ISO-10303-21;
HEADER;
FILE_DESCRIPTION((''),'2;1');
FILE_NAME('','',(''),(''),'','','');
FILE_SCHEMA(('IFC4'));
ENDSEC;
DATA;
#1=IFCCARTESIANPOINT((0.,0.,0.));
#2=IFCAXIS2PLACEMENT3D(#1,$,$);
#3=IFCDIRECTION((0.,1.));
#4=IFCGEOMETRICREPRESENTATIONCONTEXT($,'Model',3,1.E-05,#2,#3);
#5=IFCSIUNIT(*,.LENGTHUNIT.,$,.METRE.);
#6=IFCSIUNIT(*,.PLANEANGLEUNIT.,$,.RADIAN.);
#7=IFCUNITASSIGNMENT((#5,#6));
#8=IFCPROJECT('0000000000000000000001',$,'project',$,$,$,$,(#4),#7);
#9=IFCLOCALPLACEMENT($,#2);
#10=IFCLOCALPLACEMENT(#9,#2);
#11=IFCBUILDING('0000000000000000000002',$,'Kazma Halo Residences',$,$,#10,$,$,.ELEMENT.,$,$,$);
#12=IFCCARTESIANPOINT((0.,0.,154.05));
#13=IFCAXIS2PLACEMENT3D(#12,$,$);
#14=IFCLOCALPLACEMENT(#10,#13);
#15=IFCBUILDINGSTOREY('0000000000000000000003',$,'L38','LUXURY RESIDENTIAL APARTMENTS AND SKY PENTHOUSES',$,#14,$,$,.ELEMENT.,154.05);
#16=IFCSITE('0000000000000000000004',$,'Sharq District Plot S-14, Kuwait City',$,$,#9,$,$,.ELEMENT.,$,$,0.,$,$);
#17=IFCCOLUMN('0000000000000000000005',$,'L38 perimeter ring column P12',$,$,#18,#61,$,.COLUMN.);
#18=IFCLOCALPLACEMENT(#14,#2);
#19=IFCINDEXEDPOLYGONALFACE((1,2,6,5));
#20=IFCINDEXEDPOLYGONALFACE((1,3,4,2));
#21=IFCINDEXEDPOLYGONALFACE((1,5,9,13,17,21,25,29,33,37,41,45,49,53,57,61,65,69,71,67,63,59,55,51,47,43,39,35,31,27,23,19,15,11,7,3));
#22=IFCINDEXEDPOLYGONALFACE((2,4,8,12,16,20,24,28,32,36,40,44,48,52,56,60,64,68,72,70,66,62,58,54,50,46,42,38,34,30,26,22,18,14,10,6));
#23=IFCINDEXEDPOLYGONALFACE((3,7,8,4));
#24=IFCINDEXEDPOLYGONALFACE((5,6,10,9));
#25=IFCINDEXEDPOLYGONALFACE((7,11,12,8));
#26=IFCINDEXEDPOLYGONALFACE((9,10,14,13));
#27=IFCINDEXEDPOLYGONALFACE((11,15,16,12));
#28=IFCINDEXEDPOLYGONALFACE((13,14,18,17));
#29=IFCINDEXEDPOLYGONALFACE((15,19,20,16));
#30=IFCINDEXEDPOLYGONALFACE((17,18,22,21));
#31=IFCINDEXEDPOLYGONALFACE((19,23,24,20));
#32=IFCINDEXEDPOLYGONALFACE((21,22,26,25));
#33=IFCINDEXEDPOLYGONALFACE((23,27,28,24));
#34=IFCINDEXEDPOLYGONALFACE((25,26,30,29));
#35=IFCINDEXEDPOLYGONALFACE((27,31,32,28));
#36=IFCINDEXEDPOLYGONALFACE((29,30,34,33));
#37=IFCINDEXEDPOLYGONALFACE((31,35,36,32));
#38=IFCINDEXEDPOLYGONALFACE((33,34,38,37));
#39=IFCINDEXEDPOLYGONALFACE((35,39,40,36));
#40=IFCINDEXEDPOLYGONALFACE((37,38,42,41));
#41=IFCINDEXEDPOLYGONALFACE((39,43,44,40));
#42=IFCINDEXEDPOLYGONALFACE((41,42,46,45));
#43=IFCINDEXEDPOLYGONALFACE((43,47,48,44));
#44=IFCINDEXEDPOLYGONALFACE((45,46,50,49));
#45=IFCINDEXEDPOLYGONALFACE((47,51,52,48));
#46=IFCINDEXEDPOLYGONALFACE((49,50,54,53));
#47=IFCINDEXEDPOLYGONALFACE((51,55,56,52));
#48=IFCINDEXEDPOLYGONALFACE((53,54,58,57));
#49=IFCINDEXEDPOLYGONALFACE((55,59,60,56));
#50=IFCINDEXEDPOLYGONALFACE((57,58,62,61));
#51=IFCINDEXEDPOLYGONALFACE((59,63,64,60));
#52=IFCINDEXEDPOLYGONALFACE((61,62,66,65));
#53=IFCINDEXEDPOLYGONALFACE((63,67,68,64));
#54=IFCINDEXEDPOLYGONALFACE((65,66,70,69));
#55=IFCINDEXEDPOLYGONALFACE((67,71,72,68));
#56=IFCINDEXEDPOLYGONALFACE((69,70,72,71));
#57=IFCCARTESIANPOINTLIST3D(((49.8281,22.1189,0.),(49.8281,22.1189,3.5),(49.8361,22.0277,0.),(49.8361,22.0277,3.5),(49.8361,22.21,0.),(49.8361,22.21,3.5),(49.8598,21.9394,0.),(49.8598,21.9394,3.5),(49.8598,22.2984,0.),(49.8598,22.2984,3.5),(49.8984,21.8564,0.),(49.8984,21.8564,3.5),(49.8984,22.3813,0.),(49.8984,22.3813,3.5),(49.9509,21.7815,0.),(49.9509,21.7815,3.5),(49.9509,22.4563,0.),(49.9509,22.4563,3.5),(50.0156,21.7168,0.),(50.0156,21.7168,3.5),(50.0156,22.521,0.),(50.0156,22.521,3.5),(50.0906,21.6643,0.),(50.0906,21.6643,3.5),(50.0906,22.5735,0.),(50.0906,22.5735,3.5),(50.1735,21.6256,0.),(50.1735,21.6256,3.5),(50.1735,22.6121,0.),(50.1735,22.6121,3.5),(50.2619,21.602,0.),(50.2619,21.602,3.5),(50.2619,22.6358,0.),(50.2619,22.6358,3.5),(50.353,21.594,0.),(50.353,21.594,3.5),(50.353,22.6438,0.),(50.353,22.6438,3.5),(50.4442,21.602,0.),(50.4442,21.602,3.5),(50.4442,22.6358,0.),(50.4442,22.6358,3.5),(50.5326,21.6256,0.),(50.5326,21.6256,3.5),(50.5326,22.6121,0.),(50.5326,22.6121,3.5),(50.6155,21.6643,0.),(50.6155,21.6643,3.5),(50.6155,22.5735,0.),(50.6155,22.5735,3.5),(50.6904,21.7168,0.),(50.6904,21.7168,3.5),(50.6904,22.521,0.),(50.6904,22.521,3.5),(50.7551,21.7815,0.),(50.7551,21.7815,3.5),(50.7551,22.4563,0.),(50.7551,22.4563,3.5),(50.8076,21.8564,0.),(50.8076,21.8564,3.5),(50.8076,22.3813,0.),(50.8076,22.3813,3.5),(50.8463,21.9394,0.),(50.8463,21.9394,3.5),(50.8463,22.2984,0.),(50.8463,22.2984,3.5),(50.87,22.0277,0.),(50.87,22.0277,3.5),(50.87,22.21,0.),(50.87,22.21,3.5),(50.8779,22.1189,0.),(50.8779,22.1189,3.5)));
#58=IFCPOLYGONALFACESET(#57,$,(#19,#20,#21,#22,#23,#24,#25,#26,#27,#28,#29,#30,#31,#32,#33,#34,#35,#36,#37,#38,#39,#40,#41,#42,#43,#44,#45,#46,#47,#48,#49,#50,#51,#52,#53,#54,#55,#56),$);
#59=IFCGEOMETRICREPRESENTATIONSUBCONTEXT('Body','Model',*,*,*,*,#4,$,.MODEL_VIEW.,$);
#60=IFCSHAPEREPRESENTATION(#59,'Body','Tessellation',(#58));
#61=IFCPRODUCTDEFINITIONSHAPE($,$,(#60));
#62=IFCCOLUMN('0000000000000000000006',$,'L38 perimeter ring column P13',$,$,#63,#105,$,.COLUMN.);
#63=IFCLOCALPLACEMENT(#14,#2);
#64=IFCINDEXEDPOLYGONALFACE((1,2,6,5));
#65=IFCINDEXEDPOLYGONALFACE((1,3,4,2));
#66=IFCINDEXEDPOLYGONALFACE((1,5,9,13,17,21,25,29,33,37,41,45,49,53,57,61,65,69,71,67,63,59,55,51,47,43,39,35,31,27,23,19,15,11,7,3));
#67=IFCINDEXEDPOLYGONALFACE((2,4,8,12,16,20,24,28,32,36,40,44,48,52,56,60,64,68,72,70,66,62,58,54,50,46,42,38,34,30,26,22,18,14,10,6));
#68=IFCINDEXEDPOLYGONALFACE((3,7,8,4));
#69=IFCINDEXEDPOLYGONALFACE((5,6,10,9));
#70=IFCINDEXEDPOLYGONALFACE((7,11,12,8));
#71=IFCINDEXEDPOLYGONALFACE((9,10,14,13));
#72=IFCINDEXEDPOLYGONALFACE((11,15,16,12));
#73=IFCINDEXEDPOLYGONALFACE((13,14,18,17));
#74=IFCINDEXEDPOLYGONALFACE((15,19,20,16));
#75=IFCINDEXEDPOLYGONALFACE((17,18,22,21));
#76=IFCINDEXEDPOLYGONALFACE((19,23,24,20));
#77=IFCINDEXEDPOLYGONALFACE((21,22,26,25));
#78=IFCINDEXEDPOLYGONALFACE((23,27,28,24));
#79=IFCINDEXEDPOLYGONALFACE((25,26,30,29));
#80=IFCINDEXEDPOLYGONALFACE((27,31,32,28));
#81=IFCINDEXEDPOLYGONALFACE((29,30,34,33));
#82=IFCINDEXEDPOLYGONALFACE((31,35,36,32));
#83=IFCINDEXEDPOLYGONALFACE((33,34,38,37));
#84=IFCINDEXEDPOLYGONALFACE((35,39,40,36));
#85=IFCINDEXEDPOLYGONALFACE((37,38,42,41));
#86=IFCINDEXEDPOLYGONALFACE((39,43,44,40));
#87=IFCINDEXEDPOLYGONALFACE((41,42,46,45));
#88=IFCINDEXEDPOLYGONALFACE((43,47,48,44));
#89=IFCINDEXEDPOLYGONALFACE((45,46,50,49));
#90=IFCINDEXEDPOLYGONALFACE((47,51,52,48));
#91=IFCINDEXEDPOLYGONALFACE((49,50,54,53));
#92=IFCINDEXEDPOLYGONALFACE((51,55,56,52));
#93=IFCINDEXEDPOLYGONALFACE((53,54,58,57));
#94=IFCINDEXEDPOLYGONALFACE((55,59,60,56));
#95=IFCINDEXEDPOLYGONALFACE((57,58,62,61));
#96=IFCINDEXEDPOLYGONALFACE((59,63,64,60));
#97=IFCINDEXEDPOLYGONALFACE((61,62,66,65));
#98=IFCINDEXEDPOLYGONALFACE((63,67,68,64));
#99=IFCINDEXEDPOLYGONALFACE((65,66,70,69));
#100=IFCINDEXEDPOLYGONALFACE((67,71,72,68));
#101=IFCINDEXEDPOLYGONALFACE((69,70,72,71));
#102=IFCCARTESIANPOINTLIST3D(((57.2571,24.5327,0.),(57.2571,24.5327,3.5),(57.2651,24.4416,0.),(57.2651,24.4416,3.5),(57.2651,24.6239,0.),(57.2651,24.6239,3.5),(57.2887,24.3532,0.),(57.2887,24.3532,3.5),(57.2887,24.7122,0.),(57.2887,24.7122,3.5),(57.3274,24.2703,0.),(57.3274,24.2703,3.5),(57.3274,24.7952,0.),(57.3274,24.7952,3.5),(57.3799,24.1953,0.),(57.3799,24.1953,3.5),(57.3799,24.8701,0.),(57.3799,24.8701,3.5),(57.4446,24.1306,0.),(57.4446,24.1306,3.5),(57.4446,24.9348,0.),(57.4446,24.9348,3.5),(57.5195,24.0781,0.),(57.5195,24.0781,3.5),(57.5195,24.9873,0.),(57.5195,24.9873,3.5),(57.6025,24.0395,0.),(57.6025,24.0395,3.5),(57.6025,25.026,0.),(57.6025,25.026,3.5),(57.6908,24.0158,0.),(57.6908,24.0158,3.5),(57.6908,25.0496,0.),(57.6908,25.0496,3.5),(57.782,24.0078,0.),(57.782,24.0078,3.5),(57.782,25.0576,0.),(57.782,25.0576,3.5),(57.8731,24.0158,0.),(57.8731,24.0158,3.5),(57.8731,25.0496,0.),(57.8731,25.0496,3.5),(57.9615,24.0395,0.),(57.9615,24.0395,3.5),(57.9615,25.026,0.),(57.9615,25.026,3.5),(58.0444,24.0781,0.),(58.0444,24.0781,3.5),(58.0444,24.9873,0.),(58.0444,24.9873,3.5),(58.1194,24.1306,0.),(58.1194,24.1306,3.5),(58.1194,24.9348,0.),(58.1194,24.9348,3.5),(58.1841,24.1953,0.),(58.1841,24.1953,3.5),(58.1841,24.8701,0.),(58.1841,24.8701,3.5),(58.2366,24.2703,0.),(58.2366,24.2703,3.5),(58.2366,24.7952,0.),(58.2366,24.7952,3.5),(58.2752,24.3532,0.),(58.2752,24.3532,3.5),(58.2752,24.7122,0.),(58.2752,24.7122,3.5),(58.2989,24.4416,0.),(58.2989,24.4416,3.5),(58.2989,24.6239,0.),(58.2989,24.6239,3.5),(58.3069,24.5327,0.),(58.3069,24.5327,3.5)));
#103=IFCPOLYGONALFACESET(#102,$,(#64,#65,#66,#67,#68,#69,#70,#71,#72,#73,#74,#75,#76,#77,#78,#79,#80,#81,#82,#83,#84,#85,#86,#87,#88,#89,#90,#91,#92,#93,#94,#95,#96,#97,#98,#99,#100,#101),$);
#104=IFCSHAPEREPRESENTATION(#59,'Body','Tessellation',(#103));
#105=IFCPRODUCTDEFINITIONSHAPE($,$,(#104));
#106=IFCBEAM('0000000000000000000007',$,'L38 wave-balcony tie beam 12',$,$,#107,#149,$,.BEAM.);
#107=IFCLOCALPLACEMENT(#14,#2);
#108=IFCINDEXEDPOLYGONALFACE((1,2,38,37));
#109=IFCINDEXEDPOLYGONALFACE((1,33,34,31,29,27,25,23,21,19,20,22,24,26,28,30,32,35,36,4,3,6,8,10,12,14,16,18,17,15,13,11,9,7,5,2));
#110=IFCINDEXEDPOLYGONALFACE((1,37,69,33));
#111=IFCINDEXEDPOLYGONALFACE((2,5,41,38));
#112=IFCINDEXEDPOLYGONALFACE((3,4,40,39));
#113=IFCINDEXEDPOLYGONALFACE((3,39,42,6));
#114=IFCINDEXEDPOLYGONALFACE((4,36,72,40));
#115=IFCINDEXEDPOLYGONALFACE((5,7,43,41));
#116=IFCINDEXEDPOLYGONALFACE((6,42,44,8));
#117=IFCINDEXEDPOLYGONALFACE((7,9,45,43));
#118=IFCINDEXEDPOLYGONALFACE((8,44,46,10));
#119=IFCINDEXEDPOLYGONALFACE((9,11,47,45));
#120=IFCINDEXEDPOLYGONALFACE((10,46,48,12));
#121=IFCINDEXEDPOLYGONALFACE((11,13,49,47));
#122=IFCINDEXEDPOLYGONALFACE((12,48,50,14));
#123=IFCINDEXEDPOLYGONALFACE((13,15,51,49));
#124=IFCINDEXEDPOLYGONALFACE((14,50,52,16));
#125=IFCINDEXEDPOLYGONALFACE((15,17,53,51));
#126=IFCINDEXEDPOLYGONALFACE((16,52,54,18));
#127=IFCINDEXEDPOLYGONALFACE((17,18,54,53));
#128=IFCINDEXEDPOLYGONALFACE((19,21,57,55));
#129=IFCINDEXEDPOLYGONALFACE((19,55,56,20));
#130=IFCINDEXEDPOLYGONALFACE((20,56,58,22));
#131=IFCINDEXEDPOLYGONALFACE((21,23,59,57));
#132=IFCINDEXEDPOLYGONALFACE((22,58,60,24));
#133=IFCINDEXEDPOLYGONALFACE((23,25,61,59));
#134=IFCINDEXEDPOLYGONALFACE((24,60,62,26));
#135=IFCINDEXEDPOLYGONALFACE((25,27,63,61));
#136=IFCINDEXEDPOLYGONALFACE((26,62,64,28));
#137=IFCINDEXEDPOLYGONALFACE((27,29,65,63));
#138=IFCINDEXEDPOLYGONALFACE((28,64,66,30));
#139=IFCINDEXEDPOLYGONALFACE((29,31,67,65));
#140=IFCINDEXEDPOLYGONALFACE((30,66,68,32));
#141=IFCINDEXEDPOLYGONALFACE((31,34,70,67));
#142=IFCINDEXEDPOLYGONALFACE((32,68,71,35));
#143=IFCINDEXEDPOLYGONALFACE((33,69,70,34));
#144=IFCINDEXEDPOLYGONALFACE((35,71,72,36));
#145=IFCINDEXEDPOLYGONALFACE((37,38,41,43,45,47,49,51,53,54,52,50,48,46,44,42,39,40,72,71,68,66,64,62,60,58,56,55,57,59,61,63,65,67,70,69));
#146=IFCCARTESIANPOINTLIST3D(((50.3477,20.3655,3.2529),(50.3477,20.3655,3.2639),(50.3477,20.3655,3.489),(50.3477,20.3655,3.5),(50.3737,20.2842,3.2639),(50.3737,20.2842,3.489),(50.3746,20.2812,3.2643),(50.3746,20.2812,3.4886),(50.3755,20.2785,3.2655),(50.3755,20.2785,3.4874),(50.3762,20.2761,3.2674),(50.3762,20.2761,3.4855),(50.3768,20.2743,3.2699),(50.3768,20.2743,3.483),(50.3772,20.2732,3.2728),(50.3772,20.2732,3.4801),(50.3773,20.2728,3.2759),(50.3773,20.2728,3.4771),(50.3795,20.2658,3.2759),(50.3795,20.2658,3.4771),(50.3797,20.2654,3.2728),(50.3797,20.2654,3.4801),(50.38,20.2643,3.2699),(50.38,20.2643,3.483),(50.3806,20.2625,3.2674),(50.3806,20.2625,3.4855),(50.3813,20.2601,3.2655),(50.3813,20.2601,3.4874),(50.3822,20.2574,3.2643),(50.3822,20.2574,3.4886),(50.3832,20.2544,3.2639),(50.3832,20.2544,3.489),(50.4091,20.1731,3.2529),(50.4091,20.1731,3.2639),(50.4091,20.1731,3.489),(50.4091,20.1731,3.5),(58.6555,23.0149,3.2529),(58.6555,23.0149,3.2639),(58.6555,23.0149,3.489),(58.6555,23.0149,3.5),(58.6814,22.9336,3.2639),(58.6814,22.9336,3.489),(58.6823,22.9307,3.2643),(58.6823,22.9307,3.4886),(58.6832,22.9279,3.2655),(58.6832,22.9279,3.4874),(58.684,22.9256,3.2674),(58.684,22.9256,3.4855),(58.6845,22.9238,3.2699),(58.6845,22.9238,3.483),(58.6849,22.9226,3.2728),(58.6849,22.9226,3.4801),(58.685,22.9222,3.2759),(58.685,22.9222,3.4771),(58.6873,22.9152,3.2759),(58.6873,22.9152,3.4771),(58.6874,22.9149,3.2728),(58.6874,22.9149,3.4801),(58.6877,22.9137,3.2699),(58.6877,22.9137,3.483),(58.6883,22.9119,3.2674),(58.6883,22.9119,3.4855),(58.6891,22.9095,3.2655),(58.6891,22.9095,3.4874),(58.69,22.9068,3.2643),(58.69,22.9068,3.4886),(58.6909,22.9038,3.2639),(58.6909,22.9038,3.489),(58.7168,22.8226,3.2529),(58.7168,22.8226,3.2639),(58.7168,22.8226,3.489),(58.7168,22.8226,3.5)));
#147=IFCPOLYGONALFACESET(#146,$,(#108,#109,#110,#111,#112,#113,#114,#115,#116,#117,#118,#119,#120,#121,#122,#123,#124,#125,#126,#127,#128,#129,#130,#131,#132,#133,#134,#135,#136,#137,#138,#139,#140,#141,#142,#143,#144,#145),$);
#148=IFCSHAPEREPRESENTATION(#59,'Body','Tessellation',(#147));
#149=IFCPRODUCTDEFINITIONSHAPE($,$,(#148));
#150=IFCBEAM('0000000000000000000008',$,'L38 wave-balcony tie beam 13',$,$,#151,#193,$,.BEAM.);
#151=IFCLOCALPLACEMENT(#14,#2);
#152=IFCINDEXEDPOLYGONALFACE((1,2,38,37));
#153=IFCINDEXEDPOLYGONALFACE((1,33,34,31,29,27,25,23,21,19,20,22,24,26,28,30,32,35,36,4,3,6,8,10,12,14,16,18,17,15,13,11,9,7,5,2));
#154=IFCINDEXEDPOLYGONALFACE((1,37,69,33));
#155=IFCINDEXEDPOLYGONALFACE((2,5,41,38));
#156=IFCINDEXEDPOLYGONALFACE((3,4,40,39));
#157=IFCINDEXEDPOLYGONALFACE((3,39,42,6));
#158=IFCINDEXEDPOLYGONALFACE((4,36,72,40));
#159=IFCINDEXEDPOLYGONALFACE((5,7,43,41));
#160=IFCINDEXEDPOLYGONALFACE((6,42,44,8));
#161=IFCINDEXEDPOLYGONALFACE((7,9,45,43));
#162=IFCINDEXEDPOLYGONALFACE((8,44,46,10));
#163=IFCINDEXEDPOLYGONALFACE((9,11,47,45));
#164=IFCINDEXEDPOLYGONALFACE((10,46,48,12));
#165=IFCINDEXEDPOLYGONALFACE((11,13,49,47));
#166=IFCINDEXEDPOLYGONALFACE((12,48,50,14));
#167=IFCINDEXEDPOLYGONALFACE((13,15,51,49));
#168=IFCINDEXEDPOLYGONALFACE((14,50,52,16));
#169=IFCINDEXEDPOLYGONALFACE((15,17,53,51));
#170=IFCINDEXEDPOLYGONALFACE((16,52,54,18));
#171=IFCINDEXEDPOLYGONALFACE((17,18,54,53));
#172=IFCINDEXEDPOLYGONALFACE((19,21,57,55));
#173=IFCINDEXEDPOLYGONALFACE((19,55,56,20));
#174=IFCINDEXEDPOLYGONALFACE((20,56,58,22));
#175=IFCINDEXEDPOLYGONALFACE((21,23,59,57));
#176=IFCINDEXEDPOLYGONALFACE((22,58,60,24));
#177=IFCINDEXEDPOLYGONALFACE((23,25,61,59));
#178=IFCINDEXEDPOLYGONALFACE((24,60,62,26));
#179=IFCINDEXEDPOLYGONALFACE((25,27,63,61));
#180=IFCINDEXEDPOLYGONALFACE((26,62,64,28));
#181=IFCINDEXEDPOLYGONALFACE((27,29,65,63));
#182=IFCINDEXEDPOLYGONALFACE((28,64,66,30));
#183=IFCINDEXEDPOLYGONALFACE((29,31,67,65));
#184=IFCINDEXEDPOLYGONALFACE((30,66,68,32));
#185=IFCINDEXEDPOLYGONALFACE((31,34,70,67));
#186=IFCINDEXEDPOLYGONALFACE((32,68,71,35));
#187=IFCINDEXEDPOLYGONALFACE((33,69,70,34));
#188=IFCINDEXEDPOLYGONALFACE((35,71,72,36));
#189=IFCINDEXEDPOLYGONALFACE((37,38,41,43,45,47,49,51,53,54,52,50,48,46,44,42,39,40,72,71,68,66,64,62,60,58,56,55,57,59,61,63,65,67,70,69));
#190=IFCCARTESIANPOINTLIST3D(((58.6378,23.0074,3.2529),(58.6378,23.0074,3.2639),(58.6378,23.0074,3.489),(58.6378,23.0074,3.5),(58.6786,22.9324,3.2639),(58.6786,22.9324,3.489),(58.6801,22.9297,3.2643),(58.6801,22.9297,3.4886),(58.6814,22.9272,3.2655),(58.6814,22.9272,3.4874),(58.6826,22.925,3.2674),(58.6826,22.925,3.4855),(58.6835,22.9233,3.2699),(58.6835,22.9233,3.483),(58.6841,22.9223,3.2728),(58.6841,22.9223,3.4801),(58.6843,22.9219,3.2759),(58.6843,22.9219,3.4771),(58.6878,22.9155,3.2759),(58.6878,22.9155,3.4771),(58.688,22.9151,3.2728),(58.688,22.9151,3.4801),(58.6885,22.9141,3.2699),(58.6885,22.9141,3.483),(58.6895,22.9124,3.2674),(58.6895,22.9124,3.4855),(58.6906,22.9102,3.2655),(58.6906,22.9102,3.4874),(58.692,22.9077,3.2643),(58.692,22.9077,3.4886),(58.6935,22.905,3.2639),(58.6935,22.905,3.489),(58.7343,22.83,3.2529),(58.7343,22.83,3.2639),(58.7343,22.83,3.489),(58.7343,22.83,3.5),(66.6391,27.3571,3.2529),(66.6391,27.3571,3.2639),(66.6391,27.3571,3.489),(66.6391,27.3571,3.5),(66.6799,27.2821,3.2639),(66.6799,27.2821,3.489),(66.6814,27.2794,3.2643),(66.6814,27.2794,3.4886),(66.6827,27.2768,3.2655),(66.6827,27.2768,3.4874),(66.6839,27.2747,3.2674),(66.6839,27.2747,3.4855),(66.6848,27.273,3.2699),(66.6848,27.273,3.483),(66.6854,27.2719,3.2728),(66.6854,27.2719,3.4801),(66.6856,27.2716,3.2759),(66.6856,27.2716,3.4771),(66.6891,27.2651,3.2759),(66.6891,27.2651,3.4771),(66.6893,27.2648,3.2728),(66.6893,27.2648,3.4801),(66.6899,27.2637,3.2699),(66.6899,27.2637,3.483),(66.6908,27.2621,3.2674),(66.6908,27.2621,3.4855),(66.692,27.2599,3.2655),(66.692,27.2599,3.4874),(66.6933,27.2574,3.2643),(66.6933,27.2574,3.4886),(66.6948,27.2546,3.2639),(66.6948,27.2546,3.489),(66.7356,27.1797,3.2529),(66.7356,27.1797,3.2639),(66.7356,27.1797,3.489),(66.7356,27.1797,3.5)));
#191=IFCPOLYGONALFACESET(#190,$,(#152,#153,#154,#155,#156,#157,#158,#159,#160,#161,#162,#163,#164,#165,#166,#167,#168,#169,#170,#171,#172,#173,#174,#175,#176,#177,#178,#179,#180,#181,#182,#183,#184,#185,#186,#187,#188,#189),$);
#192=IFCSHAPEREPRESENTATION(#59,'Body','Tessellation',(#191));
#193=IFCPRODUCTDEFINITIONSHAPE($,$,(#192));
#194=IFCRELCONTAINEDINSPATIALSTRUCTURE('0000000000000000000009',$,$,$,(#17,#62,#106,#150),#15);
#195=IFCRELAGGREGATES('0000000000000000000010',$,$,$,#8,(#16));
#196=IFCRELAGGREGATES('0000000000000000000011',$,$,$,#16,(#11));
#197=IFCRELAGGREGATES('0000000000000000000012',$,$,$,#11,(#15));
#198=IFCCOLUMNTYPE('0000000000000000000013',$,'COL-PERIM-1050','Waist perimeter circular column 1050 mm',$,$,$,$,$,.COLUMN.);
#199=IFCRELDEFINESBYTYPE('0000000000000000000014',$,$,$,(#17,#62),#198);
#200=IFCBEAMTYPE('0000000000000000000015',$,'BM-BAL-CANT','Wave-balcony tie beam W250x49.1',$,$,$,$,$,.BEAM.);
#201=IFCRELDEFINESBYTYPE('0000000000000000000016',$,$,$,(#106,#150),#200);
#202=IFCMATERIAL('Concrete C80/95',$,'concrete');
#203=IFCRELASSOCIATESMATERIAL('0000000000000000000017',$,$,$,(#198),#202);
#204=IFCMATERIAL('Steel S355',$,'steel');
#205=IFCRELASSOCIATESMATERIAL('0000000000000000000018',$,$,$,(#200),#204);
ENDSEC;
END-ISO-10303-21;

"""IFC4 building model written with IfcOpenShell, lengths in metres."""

from ifc_helpers import new_model, si_unit, direction, frame, origin, origin_2d, place, context, subcontext, project, spatial, circle, i_section, extrude, material, material_profile, profile_set, type_object, element, save


model = new_model("IFC4")

# Units and contexts
model_context = context("Model", 3, precision=1e-05, world=origin(), true_north=direction((0.0, 1.0)))
body_context = subcontext(model_context, "Body", "Model", "MODEL_VIEW")
ifc_project = project(units=[si_unit("LENGTHUNIT", "METRE"), si_unit("PLANEANGLEUNIT", "RADIAN")], contexts=[model_context])

# Site, building, storey
site_placement = place(None, origin())
site = spatial("IfcSite", under=ifc_project, at=site_placement, Name="Sharq District Plot S-14, Kuwait City", CompositionType="ELEMENT", RefElevation=0.0)
building_placement = place(site_placement, origin())
building = spatial("IfcBuilding", under=site, at=building_placement, Name="Kazma Halo Residences", CompositionType="ELEMENT")
storey_placement = place(building_placement, frame((0.0, 0.0, 154.05)))
storey = spatial("IfcBuildingStorey", under=building, at=storey_placement, Name="L38", Description="LUXURY RESIDENTIAL APARTMENTS AND SKY PENTHOUSES", CompositionType="ELEMENT", Elevation=154.05)

# Columns
ifc_material_1 = material(Name="Concrete C80/95", Category="concrete")
ifc_material_profile_1 = material_profile(ifc_material_1, circle(Radius=0.5249, at=origin_2d()), Name="CIRC1050")
ifc_profile_set_1 = profile_set([ifc_material_profile_1], Name="Concrete C80/95")
column_type = type_object("IfcColumnType", Name="COL-PERIM-1050", Description="Waist perimeter circular column 1050 mm", PredefinedType="COLUMN", material=ifc_profile_set_1)
for number, where, z_axis, x_axis, name in (
    (1, (50.353, 22.1189, 0.0), (0.0, 0.0, 1.0), (1.0, 0.0, 0.0), "L38 perimeter ring column P12"),
    (2, (57.782, 24.5327, 0.0), (0.0, 0.0, 1.0), (1.0, 0.0, 0.0), "L38 perimeter ring column P13"),
):
    element("IfcColumn", number, at=place(storey_placement, frame(where, z_axis=z_axis, x_axis=x_axis)), inside=storey, type_object=column_type, Name=name, PredefinedType="COLUMN", context=body_context, shape_type="SweptSolid", body=[
        extrude(circle(Radius=0.5249, at=origin_2d()), origin(), (0.0, 0.0, 1.0), 3.5),
    ])

# Beams
ifc_material_2 = material(Name="Steel S355", Category="steel")
ifc_material_profile_2 = material_profile(ifc_material_2, i_section(OverallWidth=0.2019, OverallDepth=0.2471, WebThickness=0.0073, FlangeThickness=0.011, FilletRadius=0.012, at=origin_2d()), Name="W250x49.1")
ifc_profile_set_2 = profile_set([ifc_material_profile_2], Name="Steel S355")
beam_type_1 = type_object("IfcBeamType", Name="BM-BAL-CANT", Description="Wave-balcony tie beam W250x49.1", PredefinedType="BEAM", material=ifc_profile_set_2)
beam_1_placement = place(storey_placement, frame((50.3784, 20.2693, 3.3765), z_axis=(0.952724, 0.303837, 0.0), x_axis=(-0.303837, 0.952724, 0.0)))
element("IfcBeam", 3, at=beam_1_placement, inside=storey, type_object=beam_type_1, Name="L38 wave-balcony tie beam 12", PredefinedType="BEAM", context=body_context, shape_type="SweptSolid", body=[
    extrude(i_section(OverallWidth=0.2019, OverallDepth=0.2471, WebThickness=0.0073, FlangeThickness=0.011, FilletRadius=0.012, at=origin_2d()), origin(), (0.0, 0.0, 1.0), 8.72),
])
beam_2_placement = place(storey_placement, frame((58.686, 22.9187, 3.3765), z_axis=(0.878573, 0.477608, 0.0), x_axis=(-0.477608, 0.878573, 0.0)))
element("IfcBeam", 4, at=beam_2_placement, inside=storey, type_object=beam_type_1, Name="L38 wave-balcony tie beam 13", PredefinedType="BEAM", context=body_context, shape_type="SweptSolid", body=[
    extrude(i_section(OverallWidth=0.2019, OverallDepth=0.2471, WebThickness=0.0073, FlangeThickness=0.011, FilletRadius=0.012, at=origin_2d()), origin(), (0.0, 0.0, 1.0), 9.1072),
])

save(model, "model.ifc")
